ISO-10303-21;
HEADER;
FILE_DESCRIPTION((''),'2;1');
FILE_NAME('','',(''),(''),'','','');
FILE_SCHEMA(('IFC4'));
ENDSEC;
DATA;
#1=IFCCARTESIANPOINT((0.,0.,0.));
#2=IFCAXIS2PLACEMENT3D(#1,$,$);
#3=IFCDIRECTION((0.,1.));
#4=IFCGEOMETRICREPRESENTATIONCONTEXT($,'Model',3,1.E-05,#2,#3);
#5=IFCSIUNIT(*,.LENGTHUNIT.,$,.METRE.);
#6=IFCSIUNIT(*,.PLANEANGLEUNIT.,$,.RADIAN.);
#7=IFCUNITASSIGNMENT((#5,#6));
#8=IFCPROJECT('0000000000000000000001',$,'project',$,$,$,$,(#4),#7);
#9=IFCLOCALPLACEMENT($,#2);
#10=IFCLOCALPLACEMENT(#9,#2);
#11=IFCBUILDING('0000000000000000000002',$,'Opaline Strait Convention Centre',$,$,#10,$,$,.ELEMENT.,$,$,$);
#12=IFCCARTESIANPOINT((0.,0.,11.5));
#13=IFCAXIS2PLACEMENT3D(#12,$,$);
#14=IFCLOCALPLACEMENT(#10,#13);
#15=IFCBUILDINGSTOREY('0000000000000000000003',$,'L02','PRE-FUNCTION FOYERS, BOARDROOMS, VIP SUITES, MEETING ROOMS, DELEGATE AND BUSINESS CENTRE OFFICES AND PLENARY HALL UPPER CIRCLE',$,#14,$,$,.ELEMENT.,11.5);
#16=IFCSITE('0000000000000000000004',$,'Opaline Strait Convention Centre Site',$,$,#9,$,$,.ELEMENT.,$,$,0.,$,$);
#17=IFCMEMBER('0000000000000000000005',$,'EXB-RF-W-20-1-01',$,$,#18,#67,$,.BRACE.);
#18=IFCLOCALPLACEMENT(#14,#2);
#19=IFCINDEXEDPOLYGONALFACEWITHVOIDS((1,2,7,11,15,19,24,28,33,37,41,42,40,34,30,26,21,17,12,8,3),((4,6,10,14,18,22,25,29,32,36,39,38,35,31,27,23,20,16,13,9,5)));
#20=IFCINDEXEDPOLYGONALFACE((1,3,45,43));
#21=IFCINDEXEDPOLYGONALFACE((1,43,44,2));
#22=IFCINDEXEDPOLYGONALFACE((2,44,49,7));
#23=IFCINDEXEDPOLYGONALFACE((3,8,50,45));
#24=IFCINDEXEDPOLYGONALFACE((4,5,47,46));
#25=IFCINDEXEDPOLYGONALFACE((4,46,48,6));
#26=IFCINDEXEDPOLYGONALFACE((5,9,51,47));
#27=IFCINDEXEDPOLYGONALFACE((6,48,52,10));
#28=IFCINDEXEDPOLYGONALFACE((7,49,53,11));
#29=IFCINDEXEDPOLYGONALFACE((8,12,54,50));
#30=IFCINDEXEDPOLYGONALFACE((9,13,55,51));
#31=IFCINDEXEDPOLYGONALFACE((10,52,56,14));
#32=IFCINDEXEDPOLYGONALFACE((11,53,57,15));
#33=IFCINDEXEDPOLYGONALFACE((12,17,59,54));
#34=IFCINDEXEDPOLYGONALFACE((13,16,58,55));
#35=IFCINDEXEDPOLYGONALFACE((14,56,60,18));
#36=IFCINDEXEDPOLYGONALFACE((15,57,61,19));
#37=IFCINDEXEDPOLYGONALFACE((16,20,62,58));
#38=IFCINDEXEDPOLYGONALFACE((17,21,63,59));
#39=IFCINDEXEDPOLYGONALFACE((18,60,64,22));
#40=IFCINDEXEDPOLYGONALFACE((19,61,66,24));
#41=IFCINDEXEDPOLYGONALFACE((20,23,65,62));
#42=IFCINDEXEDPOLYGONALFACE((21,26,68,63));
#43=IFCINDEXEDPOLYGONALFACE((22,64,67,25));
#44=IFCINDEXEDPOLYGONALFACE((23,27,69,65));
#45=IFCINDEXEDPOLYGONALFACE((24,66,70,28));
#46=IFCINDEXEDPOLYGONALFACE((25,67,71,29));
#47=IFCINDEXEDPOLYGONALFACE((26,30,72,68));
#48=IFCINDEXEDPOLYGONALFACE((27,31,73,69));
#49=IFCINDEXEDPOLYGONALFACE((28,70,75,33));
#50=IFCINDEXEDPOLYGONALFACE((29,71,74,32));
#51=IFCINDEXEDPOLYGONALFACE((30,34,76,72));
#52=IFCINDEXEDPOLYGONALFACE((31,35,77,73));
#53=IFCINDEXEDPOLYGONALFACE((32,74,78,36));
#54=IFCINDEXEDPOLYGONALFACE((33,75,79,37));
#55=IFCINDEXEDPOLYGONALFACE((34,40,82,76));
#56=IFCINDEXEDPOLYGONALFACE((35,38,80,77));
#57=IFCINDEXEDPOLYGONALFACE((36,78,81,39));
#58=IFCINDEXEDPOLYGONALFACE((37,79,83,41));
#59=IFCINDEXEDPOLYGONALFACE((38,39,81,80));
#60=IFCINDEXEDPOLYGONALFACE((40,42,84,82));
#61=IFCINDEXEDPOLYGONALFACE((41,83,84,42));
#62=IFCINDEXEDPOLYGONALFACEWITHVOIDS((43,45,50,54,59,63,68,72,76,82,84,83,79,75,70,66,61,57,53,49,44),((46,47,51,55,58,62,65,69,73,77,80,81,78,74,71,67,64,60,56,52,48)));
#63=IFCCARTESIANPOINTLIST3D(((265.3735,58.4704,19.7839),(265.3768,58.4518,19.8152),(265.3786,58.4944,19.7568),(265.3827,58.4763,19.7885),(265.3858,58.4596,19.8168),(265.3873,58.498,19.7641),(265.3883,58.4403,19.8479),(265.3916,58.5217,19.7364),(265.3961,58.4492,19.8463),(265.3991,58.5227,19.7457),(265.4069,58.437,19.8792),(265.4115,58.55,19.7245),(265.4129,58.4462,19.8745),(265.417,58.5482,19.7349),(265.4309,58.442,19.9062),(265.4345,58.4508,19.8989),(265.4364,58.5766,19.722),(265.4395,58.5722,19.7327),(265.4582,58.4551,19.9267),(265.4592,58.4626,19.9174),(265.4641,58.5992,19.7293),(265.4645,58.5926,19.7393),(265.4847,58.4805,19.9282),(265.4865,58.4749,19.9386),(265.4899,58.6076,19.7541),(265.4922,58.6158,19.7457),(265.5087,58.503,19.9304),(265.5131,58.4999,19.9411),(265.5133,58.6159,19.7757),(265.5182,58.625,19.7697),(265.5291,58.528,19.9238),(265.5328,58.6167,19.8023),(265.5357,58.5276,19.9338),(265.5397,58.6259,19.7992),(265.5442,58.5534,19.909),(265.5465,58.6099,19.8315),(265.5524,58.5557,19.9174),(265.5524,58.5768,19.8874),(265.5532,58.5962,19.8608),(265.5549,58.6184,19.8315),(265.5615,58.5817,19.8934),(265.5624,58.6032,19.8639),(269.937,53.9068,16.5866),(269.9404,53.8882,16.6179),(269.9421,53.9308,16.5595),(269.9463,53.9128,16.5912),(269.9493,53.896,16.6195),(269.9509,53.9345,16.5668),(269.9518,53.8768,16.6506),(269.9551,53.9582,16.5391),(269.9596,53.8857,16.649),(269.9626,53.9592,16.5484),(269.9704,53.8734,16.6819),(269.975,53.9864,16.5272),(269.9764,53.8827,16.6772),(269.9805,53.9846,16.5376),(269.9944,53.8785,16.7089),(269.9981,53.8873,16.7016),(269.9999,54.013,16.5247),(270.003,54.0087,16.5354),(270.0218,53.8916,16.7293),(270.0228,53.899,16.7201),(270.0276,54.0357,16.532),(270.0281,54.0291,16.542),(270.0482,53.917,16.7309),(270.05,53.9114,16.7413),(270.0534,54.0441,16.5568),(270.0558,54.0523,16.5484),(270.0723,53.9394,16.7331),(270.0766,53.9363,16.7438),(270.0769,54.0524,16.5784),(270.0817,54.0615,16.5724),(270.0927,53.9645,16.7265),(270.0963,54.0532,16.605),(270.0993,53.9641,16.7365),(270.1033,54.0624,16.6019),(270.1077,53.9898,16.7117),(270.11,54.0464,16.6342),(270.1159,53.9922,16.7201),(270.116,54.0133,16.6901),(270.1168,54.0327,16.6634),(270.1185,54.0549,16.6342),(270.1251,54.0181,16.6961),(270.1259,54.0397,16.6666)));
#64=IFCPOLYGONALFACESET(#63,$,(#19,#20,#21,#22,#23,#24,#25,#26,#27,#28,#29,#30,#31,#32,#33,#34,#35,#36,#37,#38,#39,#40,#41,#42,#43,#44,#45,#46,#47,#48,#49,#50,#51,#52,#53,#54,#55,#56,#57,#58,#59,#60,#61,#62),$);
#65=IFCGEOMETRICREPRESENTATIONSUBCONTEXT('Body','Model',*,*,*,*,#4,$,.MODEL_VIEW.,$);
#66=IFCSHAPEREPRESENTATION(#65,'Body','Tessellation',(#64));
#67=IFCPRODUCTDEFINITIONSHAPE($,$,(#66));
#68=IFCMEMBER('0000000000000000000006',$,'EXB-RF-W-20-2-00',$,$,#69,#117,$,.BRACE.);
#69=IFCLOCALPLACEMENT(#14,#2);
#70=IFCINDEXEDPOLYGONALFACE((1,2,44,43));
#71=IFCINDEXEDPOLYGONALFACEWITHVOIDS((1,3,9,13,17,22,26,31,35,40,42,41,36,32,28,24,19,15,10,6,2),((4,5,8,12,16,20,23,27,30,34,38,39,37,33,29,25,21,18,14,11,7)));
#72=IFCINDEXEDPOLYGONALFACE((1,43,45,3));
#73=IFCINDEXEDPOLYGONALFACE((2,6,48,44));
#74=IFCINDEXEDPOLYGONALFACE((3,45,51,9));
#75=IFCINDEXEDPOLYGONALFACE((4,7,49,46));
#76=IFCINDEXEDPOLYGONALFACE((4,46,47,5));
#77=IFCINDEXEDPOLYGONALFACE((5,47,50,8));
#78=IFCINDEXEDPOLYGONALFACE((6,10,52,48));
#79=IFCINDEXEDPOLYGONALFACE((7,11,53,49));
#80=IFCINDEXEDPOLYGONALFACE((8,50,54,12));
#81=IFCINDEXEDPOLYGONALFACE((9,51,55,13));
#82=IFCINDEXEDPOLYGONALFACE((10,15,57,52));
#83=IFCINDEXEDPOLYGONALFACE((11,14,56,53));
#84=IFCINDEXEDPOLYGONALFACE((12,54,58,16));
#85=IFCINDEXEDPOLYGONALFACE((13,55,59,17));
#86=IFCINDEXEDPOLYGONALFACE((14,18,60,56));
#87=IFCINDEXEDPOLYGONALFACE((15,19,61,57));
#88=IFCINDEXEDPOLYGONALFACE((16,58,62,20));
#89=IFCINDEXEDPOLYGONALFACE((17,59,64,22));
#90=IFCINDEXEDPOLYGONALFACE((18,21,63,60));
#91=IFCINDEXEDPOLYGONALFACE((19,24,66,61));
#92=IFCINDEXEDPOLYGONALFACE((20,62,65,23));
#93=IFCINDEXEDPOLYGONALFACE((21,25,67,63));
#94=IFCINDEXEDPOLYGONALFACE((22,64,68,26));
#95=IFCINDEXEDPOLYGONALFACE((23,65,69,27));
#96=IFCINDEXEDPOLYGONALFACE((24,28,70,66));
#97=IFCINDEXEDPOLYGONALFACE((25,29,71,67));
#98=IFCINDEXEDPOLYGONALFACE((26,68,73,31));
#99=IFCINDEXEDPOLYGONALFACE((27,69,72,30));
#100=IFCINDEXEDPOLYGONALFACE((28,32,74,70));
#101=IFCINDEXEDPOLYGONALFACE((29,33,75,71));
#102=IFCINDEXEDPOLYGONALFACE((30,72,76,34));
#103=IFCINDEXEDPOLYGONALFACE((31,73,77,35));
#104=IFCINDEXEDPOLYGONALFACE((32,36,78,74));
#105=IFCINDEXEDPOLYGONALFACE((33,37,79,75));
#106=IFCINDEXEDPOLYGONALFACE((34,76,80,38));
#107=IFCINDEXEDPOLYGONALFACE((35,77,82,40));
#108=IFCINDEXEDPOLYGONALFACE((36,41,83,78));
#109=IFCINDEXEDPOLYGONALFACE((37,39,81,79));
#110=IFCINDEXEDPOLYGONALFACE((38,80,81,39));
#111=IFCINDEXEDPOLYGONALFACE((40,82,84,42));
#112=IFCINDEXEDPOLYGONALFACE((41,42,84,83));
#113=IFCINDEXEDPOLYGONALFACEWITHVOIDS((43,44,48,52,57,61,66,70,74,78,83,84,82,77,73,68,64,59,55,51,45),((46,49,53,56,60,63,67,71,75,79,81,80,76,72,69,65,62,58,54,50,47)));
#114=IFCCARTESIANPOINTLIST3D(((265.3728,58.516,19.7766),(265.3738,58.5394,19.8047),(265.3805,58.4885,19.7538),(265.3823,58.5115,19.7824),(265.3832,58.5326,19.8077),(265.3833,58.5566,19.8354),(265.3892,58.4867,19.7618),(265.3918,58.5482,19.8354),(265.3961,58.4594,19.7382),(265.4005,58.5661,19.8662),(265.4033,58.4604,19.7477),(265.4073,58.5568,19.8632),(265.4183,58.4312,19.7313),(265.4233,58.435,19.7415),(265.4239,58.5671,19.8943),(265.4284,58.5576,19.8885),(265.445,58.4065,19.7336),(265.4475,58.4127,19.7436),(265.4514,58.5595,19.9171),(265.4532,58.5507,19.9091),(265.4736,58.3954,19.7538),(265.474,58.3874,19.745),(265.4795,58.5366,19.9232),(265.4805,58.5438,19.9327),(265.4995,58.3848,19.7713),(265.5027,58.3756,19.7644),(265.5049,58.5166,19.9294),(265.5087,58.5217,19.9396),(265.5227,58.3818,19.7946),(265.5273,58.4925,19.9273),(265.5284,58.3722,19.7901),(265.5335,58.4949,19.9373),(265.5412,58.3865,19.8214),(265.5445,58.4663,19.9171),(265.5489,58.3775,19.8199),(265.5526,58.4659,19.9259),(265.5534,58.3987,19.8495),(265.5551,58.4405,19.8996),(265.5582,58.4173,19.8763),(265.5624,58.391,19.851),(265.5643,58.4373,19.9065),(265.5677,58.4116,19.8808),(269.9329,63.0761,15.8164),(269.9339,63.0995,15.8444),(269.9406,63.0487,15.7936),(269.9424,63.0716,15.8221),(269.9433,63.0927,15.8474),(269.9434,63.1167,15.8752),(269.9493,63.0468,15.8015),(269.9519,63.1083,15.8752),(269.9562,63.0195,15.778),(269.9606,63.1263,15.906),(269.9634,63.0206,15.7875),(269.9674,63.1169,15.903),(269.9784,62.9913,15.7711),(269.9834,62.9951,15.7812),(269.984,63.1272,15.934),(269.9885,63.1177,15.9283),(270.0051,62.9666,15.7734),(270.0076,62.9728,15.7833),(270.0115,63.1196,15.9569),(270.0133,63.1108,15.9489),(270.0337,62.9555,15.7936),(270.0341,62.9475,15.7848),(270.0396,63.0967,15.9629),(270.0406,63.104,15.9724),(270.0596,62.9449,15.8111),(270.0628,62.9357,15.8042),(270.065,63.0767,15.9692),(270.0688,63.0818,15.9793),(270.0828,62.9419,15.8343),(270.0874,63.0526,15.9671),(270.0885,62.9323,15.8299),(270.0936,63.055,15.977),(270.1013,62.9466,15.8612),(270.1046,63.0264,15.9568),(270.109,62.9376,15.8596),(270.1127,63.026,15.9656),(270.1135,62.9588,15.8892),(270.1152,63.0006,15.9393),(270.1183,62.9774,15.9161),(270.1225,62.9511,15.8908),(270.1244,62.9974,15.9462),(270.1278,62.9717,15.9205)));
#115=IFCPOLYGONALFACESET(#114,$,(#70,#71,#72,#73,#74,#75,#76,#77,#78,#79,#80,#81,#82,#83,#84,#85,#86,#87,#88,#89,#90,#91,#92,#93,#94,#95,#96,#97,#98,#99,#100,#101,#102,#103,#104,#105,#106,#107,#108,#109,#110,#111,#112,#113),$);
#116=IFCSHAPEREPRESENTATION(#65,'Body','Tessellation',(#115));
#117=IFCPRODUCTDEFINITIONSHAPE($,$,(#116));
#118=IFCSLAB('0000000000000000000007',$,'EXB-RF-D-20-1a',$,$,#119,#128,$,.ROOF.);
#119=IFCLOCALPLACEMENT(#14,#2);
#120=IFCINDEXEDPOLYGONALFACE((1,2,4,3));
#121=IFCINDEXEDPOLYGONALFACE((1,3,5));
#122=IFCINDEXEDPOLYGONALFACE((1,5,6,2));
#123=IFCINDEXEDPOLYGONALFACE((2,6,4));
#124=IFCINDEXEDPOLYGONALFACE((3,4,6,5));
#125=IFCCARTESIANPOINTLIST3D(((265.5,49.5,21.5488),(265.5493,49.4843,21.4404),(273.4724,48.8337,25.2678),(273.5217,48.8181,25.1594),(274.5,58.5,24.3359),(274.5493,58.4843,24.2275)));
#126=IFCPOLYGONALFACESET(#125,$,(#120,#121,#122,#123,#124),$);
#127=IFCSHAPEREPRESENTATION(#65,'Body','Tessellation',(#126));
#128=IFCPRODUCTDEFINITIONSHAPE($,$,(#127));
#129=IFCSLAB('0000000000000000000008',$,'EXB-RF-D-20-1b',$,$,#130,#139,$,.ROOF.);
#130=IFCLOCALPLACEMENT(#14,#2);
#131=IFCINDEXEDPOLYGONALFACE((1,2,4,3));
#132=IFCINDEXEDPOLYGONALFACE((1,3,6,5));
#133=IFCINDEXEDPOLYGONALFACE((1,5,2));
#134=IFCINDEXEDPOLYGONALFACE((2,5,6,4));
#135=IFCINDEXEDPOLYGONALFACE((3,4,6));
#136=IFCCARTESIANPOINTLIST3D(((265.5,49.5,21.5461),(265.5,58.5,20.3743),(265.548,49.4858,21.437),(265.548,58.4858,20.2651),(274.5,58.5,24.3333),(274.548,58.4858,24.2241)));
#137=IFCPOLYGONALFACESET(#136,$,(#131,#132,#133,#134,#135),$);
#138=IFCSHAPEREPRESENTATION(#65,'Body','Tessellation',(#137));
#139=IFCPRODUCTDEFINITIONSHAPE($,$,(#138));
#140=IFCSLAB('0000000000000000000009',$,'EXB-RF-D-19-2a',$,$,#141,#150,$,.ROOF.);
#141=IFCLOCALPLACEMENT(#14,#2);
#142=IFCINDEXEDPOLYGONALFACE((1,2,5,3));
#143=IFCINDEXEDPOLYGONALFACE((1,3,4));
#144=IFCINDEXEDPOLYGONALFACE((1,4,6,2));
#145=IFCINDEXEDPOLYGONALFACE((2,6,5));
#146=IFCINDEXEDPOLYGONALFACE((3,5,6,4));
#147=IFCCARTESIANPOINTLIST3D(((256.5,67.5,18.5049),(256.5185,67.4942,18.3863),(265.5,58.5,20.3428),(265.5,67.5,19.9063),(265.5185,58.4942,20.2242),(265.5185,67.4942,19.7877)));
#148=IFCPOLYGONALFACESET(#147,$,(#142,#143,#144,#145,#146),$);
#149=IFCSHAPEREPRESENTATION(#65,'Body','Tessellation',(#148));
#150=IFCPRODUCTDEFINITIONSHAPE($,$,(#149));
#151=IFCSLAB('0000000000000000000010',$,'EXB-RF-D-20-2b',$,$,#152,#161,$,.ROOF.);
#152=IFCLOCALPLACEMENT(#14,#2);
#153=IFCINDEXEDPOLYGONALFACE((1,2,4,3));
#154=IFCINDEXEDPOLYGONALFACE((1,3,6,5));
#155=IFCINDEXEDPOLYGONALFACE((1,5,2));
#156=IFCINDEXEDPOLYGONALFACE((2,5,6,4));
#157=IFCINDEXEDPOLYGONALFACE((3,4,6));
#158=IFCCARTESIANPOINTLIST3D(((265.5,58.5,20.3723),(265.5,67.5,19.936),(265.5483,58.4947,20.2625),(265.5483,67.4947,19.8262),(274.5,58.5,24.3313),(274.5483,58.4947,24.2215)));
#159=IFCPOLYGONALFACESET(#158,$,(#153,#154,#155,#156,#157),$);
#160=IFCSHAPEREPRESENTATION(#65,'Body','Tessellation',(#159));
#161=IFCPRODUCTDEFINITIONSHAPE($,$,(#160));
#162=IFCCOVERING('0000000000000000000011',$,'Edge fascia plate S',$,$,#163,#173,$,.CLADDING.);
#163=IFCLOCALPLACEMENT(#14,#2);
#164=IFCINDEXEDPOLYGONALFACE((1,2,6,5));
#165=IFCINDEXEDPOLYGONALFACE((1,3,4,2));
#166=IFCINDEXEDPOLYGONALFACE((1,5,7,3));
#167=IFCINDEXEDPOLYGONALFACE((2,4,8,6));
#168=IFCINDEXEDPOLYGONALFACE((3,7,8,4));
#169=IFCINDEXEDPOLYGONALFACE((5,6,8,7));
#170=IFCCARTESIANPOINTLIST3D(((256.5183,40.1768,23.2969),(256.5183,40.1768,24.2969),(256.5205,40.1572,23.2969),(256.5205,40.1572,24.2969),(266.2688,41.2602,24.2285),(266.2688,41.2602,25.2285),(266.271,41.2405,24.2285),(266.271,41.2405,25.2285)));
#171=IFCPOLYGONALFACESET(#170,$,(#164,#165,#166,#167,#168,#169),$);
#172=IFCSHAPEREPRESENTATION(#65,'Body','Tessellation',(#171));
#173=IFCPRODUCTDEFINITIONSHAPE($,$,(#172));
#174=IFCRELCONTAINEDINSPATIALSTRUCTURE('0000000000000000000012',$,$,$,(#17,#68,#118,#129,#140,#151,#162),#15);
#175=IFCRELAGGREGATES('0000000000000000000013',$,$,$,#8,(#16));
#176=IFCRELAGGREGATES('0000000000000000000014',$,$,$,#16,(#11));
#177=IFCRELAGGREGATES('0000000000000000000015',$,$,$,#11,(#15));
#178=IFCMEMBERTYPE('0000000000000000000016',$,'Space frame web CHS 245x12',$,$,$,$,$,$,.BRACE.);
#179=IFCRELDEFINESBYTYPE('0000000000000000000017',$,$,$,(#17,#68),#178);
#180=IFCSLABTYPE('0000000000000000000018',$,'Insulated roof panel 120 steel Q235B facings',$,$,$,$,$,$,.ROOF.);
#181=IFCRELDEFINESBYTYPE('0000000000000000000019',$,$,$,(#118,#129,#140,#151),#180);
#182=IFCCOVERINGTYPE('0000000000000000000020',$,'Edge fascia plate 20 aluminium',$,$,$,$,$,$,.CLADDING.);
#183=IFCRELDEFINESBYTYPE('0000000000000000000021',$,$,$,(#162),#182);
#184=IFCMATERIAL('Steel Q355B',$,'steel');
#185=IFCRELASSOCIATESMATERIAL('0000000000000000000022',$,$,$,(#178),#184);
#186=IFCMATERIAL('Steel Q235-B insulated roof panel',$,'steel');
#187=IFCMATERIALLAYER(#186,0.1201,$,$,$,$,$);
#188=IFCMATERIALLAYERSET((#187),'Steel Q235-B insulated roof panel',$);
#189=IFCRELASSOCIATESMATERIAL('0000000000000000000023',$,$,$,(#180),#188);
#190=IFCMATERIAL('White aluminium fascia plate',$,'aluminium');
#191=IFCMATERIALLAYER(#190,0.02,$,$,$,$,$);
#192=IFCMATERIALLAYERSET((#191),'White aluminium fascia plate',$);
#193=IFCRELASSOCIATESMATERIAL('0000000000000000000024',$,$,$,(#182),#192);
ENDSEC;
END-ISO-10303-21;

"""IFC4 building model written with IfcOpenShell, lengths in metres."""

from ifc_helpers import new_model, si_unit, direction, frame, origin, origin_2d, place, context, subcontext, project, spatial, polyline, hollow_circle, outline, extrude, material, layer, layer_set, material_profile, profile_set, type_object, element, save


model = new_model("IFC4")

# Units and contexts
model_context = context("Model", 3, precision=1e-05, world=origin(), true_north=direction((0.0, 1.0)))
body_context = subcontext(model_context, "Body", "Model", "MODEL_VIEW")
ifc_project = project(units=[si_unit("LENGTHUNIT", "METRE"), si_unit("PLANEANGLEUNIT", "RADIAN")], contexts=[model_context])

# Site, building, storey
site_placement = place(None, origin())
site = spatial("IfcSite", under=ifc_project, at=site_placement, Name="Opaline Strait Convention Centre Site", CompositionType="ELEMENT", RefElevation=0.0)
building_placement = place(site_placement, origin())
building = spatial("IfcBuilding", under=site, at=building_placement, Name="Opaline Strait Convention Centre", CompositionType="ELEMENT")
storey_placement = place(building_placement, frame((0.0, 0.0, 11.5)))
storey = spatial("IfcBuildingStorey", under=building, at=storey_placement, Name="L02", Description="PRE-FUNCTION FOYERS, BOARDROOMS, VIP SUITES, MEETING ROOMS, DELEGATE AND BUSINESS CENTRE OFFICES AND PLENARY HALL UPPER CIRCLE", CompositionType="ELEMENT", Elevation=11.5)

# Members
ifc_material_1 = material(Name="Steel Q355B", Category="steel")
ifc_material_profile_1 = material_profile(ifc_material_1, hollow_circle(Radius=0.1226, WallThickness=0.012, at=origin_2d()), Name="CHS 245x12")
ifc_profile_set_1 = profile_set([ifc_material_profile_1], Name="Steel Q355B")
member_type_1 = type_object("IfcMemberType", Name="Space frame web CHS 245x12", PredefinedType="BRACE", material=ifc_profile_set_1)
member_1_placement = place(storey_placement, frame((265.4683, 58.5317, 19.8315), z_axis=(0.633614, -0.633614, -0.443923), x_axis=(0.707107, 0.707107, 0.0)))
element("IfcMember", 1, at=member_1_placement, inside=storey, type_object=member_type_1, Name="EXB-RF-W-20-1-01", PredefinedType="BRACE", context=body_context, shape_type="SweptSolid", body=[
    extrude(hollow_circle(Radius=0.1226, WallThickness=0.012, at=origin_2d()), origin(), (0.0, 0.0, 1.0), 7.2024),
])
member_2_placement = place(storey_placement, frame((265.47, 58.47, 19.8354), z_axis=(0.602561, 0.602561, -0.523297), x_axis=(-0.707107, 0.707107, 0.0)))
element("IfcMember", 2, at=member_2_placement, inside=storey, type_object=member_type_1, Name="EXB-RF-W-20-2-00", PredefinedType="BRACE", context=body_context, shape_type="SweptSolid", body=[
    extrude(hollow_circle(Radius=0.1226, WallThickness=0.012, at=origin_2d()), origin(), (0.0, 0.0, 1.0), 7.5679),
])

# Slabs
ifc_material_2 = material(Name="Steel Q235-B insulated roof panel", Category="steel")
ifc_layer_1 = layer(ifc_material_2, 0.1201)
ifc_layer_set_1 = layer_set([ifc_layer_1], Name="Steel Q235-B insulated roof panel")
slab_type = type_object("IfcSlabType", Name="Insulated roof panel 120 steel Q235B facings", PredefinedType="ROOF", material=ifc_layer_set_1)
slab_1_placement = place(storey_placement, frame((265.5, 49.5, 21.5488), z_axis=(-0.410141, 0.130619, 0.90262), x_axis=(0.903659, -0.075519, 0.421541)))
element("IfcSlab", 3, at=slab_1_placement, inside=storey, type_object=slab_type, Name="EXB-RF-D-20-1a", PredefinedType="ROOF", context=body_context, shape_type="SweptSolid", body=[
    extrude(outline(polyline([(0.0, 0.0), (8.8224, 0.0), (8.6281, 9.7634), (0.0, 0.0)])), origin(), (0.0, 0.0, -1.0), 0.1201),
])
slab_2_placement = place(storey_placement, frame((265.5, 49.5, 21.5461), z_axis=(-0.399822, 0.118349, 0.90892), x_axis=(0.69074, 0.69074, 0.213908)))
element("IfcSlab", 4, at=slab_2_placement, inside=storey, type_object=slab_type, Name="EXB-RF-D-20-1b", PredefinedType="ROOF", context=body_context, shape_type="SweptSolid", body=[
    extrude(outline(polyline([(0.0, 0.0), (13.0295, 0.0), (5.966, 6.8396), (0.0, 0.0)])), origin(), (0.0, 0.0, -1.0), 0.1201),
])
slab_3_placement = place(storey_placement, frame((265.5, 58.5, 20.3428), z_axis=(-0.153677, 0.04787, 0.986961), x_axis=(0.0, 0.998826, -0.048446)))
element("IfcSlab", 5, at=slab_3_placement, inside=storey, type_object=slab_type, Name="EXB-RF-D-19-2a", PredefinedType="ROOF", context=body_context, shape_type="SweptSolid", body=[
    extrude(outline(polyline([(0.0, 0.0), (9.0106, 0.0), (9.0785, 9.1082), (0.0, 0.0)])), origin(), (0.0, 0.0, -1.0), 0.1201),
])
slab_4_placement = place(storey_placement, frame((265.5, 58.5, 20.3723), z_axis=(-0.402256, 0.044329, 0.914453), x_axis=(0.915353, 0.0, 0.402652)))
element("IfcSlab", 6, at=slab_4_placement, inside=storey, type_object=slab_type, Name="EXB-RF-D-20-2b", PredefinedType="ROOF", context=body_context, shape_type="SweptSolid", body=[
    extrude(outline(polyline([(0.0, 0.0), (9.8323, 0.0), (-0.1757, 9.0089), (0.0, 0.0)])), origin(), (0.0, 0.0, -1.0), 0.1201),
])

# Covering
ifc_material_3 = material(Name="White aluminium fascia plate", Category="aluminium")
ifc_layer_2 = layer(ifc_material_3, 0.02)
ifc_layer_set_2 = layer_set([ifc_layer_2], Name="White aluminium fascia plate")
covering_type = type_object("IfcCoveringType", Name="Edge fascia plate 20 aluminium", PredefinedType="CLADDING", material=ifc_layer_set_2)
covering_placement = place(storey_placement, frame((261.3936, 40.7185, 24.2627), z_axis=(0.110432, -0.993884, 0.0), x_axis=(0.993884, 0.110432, 0.0)))
element("IfcCovering", 7, at=covering_placement, inside=storey, type_object=covering_type, Name="Edge fascia plate S", PredefinedType="CLADDING", context=body_context, shape_type="SweptSolid", body=[
    extrude(outline(polyline([(-4.9053, 0.0342), (4.9053, 0.9658), (4.9053, -0.0342), (-4.9053, -0.9658), (-4.9053, 0.0342)])), origin(), (0.0, 0.0, 1.0), 0.0198),
])

save(model, "model.ifc")
